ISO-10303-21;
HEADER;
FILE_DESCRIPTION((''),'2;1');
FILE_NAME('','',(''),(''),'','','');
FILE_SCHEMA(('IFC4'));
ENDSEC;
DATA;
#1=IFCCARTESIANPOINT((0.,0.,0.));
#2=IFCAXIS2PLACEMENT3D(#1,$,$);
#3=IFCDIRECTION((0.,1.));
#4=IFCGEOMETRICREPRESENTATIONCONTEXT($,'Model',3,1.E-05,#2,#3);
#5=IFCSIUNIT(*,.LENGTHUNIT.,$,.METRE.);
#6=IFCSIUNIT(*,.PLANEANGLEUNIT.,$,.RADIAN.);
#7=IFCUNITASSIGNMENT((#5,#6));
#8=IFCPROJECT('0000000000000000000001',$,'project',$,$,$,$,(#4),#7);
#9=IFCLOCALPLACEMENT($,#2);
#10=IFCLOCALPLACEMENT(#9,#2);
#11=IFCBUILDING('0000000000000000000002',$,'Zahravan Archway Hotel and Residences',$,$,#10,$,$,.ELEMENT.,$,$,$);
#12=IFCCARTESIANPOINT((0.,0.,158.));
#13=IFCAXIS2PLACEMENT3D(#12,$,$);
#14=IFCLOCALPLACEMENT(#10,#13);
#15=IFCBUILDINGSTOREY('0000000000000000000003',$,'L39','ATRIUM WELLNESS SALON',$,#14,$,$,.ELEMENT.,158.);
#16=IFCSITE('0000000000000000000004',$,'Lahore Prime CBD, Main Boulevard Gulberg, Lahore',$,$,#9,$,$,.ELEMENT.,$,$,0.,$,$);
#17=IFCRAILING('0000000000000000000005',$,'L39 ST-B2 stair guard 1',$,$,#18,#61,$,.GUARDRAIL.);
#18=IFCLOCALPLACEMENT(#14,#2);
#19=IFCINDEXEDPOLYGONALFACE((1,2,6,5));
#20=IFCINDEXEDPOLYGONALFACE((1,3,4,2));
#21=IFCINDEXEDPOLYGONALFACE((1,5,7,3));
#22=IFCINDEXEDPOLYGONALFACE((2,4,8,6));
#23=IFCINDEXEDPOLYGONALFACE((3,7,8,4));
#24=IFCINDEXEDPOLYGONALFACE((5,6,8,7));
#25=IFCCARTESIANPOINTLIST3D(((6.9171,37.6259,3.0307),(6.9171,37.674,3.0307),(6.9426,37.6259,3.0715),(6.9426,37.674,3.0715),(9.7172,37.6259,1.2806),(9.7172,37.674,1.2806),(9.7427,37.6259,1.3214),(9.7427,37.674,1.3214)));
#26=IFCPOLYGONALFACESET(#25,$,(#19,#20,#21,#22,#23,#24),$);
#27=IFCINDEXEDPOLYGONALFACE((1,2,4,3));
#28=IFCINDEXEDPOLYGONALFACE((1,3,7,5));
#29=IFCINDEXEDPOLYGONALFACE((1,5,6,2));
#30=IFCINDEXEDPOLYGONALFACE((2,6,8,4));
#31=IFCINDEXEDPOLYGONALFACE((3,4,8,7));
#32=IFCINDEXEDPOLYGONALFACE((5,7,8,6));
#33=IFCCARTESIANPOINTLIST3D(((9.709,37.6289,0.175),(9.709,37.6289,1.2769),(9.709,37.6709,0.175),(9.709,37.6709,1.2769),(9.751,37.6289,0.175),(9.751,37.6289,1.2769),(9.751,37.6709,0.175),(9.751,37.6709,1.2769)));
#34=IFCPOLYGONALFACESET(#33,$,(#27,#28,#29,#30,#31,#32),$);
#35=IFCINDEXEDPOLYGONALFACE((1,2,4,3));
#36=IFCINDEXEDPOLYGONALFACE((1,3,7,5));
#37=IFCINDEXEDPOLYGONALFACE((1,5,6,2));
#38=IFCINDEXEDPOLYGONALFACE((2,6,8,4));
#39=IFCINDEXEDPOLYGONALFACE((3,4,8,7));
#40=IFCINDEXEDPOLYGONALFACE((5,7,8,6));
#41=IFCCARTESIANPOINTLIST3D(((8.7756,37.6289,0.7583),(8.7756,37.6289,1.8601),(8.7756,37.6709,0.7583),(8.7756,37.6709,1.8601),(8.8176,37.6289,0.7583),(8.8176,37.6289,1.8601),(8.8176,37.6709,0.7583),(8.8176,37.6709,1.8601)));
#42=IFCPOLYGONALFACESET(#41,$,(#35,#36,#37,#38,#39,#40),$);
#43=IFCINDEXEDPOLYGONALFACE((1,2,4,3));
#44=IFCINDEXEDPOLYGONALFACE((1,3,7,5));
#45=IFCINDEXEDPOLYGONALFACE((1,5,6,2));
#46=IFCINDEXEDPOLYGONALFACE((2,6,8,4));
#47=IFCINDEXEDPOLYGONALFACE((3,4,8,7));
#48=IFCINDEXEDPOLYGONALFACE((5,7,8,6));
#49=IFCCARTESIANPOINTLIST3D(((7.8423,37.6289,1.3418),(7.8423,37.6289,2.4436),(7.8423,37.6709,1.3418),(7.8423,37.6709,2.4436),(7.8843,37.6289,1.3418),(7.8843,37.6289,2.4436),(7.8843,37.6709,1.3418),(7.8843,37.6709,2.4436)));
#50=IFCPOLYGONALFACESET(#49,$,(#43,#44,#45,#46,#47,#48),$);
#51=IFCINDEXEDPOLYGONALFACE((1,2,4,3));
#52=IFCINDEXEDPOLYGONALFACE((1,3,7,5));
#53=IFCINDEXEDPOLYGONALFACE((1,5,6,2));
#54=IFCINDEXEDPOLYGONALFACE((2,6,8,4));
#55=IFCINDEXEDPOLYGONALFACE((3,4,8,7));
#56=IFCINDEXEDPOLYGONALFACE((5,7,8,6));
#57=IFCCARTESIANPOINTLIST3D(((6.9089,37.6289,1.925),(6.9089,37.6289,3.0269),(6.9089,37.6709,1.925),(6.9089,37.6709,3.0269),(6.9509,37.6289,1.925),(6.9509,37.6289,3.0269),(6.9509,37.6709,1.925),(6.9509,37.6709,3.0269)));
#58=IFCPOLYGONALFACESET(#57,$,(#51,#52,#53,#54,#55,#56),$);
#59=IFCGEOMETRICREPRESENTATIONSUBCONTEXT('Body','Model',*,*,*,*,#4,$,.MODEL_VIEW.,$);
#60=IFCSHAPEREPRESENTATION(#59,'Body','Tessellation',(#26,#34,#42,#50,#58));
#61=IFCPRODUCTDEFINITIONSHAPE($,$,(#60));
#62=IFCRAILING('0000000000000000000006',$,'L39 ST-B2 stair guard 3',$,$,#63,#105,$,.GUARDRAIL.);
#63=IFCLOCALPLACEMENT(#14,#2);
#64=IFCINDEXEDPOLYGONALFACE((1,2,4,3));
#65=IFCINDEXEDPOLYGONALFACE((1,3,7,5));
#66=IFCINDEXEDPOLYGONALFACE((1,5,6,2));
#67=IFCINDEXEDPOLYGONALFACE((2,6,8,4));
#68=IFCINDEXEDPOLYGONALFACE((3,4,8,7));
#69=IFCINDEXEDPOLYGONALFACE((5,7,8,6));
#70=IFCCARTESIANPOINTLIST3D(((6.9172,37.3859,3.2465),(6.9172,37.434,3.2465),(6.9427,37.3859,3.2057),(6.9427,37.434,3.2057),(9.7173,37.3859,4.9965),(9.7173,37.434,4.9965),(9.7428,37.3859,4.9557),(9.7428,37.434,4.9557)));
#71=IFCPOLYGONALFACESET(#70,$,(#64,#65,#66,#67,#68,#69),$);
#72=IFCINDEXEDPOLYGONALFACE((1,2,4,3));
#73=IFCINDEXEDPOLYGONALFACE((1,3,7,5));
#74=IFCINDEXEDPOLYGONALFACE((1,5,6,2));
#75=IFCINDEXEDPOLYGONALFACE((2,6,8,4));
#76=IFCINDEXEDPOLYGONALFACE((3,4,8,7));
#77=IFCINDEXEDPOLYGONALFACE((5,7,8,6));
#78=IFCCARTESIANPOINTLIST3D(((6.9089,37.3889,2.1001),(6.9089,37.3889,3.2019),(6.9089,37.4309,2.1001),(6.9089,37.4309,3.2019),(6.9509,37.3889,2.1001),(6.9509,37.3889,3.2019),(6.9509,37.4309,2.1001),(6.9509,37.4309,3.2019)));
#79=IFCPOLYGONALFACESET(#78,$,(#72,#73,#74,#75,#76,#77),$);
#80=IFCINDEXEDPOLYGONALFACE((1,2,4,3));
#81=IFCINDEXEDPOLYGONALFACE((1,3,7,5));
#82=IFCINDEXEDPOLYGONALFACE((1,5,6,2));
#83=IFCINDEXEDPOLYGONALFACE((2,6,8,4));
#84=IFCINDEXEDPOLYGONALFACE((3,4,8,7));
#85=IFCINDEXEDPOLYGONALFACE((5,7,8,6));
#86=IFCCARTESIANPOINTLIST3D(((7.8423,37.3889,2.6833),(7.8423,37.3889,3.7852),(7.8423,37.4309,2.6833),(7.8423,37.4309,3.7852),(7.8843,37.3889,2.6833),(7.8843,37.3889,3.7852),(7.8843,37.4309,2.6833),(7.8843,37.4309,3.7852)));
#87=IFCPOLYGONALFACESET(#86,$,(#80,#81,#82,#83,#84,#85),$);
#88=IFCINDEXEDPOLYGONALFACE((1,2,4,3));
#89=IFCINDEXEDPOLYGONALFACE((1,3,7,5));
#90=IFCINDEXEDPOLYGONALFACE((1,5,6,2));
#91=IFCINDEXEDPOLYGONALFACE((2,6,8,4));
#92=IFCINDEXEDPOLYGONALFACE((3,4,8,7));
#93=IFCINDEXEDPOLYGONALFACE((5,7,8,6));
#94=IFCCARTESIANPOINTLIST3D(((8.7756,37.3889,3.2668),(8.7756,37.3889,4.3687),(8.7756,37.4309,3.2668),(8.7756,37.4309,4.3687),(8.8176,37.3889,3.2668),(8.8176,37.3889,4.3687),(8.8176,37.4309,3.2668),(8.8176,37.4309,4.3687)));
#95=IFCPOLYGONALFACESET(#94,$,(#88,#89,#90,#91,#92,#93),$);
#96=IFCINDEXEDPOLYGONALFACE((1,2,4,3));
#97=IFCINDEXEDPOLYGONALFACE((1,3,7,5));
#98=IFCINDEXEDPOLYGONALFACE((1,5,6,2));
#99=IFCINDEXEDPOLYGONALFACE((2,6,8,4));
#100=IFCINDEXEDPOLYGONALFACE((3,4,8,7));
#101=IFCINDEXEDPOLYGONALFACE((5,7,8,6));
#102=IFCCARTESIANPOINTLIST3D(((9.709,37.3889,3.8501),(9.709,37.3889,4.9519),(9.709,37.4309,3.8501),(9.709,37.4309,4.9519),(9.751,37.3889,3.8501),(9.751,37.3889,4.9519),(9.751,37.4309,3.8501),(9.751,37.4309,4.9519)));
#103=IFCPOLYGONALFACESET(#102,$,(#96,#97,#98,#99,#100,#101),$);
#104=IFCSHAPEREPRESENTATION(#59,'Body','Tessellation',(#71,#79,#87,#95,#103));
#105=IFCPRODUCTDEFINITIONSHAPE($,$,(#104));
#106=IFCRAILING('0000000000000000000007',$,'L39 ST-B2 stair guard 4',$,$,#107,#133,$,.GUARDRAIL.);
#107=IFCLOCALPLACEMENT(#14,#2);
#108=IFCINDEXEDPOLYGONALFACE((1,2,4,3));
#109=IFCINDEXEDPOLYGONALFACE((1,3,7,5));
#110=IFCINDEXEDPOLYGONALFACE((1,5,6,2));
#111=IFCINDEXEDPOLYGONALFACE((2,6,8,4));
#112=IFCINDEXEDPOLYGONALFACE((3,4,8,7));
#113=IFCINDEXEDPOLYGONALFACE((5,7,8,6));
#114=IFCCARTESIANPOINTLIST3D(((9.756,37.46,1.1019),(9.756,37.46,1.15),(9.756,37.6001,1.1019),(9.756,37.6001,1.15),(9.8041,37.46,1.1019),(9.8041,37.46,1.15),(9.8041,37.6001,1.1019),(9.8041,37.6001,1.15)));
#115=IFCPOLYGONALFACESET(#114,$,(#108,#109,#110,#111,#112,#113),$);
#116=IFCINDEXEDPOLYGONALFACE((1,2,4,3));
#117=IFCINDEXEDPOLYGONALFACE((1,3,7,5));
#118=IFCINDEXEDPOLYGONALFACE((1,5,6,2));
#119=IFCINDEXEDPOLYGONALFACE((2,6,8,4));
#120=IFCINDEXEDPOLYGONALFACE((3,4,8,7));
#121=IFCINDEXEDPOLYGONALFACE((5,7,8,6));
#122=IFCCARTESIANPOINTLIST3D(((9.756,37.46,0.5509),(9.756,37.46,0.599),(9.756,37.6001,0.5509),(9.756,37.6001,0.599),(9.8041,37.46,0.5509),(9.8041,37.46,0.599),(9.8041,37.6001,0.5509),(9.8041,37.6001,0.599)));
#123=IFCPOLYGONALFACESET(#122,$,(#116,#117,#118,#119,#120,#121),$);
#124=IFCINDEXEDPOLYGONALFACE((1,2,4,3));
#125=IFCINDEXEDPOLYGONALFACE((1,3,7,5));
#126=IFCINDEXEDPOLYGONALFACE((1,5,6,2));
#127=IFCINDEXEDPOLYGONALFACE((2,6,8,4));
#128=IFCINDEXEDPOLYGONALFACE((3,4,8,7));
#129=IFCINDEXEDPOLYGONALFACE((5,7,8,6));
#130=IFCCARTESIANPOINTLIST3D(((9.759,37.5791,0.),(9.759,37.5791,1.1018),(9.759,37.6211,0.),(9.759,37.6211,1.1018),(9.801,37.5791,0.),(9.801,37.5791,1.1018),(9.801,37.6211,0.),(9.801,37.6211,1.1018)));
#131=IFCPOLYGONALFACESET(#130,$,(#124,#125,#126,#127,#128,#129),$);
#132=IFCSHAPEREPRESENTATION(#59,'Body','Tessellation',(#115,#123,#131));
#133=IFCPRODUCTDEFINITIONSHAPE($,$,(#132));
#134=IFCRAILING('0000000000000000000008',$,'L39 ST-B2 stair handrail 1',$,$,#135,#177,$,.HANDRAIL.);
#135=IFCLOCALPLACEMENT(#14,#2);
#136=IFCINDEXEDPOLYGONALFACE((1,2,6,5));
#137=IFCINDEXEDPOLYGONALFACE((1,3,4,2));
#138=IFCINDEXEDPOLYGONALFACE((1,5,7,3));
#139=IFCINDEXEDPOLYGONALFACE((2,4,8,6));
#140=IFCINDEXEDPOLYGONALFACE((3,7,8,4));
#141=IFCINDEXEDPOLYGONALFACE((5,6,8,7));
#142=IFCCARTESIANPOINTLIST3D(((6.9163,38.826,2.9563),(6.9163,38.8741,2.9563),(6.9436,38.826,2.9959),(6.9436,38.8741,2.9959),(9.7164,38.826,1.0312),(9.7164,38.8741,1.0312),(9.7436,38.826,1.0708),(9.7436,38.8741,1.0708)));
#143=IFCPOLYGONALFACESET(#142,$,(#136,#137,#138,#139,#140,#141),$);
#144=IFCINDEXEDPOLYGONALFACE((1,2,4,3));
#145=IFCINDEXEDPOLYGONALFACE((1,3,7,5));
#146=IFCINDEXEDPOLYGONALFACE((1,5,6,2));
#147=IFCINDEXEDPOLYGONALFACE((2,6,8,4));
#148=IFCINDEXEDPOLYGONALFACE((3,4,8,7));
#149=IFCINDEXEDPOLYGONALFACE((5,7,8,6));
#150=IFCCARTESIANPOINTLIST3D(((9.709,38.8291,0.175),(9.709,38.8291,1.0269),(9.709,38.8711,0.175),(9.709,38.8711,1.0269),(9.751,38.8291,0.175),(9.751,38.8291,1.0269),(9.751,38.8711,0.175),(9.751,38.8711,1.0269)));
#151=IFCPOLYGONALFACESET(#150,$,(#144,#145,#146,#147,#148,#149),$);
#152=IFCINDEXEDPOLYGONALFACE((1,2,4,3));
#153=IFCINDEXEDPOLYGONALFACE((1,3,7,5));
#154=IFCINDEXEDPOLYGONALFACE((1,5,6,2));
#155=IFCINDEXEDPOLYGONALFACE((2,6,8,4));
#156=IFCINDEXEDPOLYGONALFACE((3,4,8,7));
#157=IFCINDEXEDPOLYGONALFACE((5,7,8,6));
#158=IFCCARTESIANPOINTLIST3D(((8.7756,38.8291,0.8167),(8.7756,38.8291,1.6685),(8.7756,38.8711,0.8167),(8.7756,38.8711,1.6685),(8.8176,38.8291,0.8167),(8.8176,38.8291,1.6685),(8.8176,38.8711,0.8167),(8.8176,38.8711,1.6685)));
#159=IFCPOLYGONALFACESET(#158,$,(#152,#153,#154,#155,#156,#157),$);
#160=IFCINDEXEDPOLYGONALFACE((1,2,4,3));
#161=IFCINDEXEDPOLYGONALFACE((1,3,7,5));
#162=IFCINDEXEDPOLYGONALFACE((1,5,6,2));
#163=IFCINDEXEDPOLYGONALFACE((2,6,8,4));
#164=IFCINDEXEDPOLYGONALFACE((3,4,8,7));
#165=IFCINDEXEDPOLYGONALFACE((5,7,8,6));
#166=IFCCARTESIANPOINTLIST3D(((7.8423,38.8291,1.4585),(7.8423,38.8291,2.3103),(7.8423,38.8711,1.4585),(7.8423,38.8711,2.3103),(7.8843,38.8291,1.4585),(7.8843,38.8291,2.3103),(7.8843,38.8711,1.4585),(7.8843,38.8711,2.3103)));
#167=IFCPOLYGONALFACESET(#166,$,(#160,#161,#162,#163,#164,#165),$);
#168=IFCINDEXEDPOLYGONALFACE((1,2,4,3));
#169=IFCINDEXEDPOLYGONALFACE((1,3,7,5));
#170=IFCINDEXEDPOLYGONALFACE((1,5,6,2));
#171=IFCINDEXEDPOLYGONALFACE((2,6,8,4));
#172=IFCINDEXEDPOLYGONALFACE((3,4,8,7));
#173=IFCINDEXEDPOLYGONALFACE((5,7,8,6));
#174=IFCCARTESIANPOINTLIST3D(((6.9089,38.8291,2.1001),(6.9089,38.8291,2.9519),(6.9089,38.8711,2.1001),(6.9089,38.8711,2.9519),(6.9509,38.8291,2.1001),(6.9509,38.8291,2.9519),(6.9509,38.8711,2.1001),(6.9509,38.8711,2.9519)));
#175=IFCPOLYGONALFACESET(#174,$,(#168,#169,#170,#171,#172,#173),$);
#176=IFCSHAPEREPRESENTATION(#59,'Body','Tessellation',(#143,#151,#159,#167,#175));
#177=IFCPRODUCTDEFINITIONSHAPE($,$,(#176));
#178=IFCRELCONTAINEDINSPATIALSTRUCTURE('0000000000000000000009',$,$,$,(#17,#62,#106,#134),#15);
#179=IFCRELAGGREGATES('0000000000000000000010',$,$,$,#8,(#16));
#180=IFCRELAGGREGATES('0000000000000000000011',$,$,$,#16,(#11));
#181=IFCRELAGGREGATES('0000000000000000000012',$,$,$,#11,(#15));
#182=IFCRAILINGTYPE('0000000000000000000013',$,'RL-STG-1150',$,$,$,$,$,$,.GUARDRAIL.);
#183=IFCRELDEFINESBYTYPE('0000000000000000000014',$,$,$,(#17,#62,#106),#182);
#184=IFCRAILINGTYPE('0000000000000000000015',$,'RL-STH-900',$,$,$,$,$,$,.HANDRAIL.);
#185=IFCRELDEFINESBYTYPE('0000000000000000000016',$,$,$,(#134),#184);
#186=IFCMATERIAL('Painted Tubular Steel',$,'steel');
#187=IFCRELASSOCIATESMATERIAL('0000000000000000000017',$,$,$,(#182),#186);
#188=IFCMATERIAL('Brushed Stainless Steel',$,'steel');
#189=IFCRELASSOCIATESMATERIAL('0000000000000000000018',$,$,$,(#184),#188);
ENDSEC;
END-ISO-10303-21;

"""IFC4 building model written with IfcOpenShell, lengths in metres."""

from ifc_helpers import new_model, si_unit, direction, frame, origin, origin_2d, place, context, subcontext, project, spatial, rectangle, extrude, material, type_object, element, save


model = new_model("IFC4")

# Units and contexts
model_context = context("Model", 3, precision=1e-05, world=origin(), true_north=direction((0.0, 1.0)))
body_context = subcontext(model_context, "Body", "Model", "MODEL_VIEW")
ifc_project = project(units=[si_unit("LENGTHUNIT", "METRE"), si_unit("PLANEANGLEUNIT", "RADIAN")], contexts=[model_context])

# Site, building, storey
site_placement = place(None, origin())
site = spatial("IfcSite", under=ifc_project, at=site_placement, Name="Lahore Prime CBD, Main Boulevard Gulberg, Lahore", CompositionType="ELEMENT", RefElevation=0.0)
building_placement = place(site_placement, origin())
building = spatial("IfcBuilding", under=site, at=building_placement, Name="Zahravan Archway Hotel and Residences", CompositionType="ELEMENT")
storey_placement = place(building_placement, frame((0.0, 0.0, 158.0)))
storey = spatial("IfcBuildingStorey", under=building, at=storey_placement, Name="L39", Description="ATRIUM WELLNESS SALON", CompositionType="ELEMENT", Elevation=158.0)

# Railings
ifc_material_1 = material(Name="Painted Tubular Steel", Category="steel")
railing_type_1 = type_object("IfcRailingType", Name="RL-STG-1150", PredefinedType="GUARDRAIL", material=ifc_material_1)
railing_1_placement = place(storey_placement, frame((9.73, 37.6499, 0.175)))
element("IfcRailing", 1, at=railing_1_placement, inside=storey, type_object=railing_type_1, Name="L39 ST-B2 stair guard 1", PredefinedType="GUARDRAIL", context=body_context, shape_type="SweptSolid", body=[
    extrude(rectangle(XDim=0.0481, YDim=0.0481, at=origin_2d()), frame((0.0, 0.0, 1.126), z_axis=(-0.848002, 0.0, 0.529992), x_axis=(0.0, -1.0, 0.0)), (0.0, 0.0, 1.0), 3.302),
    extrude(rectangle(XDim=0.042, YDim=0.042, at=origin_2d()), origin(), (0.0, 0.0, 1.0), 1.1018),
    extrude(rectangle(XDim=0.042, YDim=0.042, at=origin_2d()), frame((-0.9333, 0.0, 0.5833)), (0.0, 0.0, 1.0), 1.1018),
    extrude(rectangle(XDim=0.042, YDim=0.042, at=origin_2d()), frame((-1.8667, 0.0, 1.1667)), (0.0, 0.0, 1.0), 1.1018),
    extrude(rectangle(XDim=0.042, YDim=0.042, at=origin_2d()), frame((-2.8, 0.0, 1.75)), (0.0, 0.0, 1.0), 1.1018),
])
railing_2_placement = place(storey_placement, frame((6.9299, 37.4099, 2.1001)))
element("IfcRailing", 2, at=railing_2_placement, inside=storey, type_object=railing_type_1, Name="L39 ST-B2 stair guard 3", PredefinedType="GUARDRAIL", context=body_context, shape_type="SweptSolid", body=[
    extrude(rectangle(XDim=0.0481, YDim=0.0481, at=origin_2d()), frame((0.0, 0.0, 1.126), z_axis=(0.848002, 0.0, 0.529992), x_axis=(0.0, 1.0, 0.0)), (0.0, 0.0, 1.0), 3.302),
    extrude(rectangle(XDim=0.042, YDim=0.042, at=origin_2d()), origin(), (0.0, 0.0, 1.0), 1.1018),
    extrude(rectangle(XDim=0.042, YDim=0.042, at=origin_2d()), frame((0.9333, 0.0, 0.5833)), (0.0, 0.0, 1.0), 1.1018),
    extrude(rectangle(XDim=0.042, YDim=0.042, at=origin_2d()), frame((1.8667, 0.0, 1.1667)), (0.0, 0.0, 1.0), 1.1018),
    extrude(rectangle(XDim=0.042, YDim=0.042, at=origin_2d()), frame((2.8, 0.0, 1.75)), (0.0, 0.0, 1.0), 1.1018),
])
railing_3_placement = place(storey_placement, frame((9.78, 37.6001, 0.0)))
element("IfcRailing", 3, at=railing_3_placement, inside=storey, type_object=railing_type_1, Name="L39 ST-B2 stair guard 4", PredefinedType="GUARDRAIL", context=body_context, shape_type="SweptSolid", body=[
    extrude(rectangle(XDim=0.0481, YDim=0.0481, at=origin_2d()), frame((0.0, 0.0, 1.126), z_axis=(0.0, -1.0, 0.0), x_axis=(1.0, 0.0, 0.0)), (0.0, 0.0, 1.0), 0.1401),
    extrude(rectangle(XDim=0.0481, YDim=0.0481, at=origin_2d()), frame((0.0, 0.0, 0.575), z_axis=(0.0, -1.0, 0.0), x_axis=(1.0, 0.0, 0.0)), (0.0, 0.0, 1.0), 0.1401),
    extrude(rectangle(XDim=0.042, YDim=0.042, at=origin_2d()), origin(), (0.0, 0.0, 1.0), 1.1018),
])
ifc_material_2 = material(Name="Brushed Stainless Steel", Category="steel")
railing_type_2 = type_object("IfcRailingType", Name="RL-STH-900", PredefinedType="HANDRAIL", material=ifc_material_2)
railing_4_placement = place(storey_placement, frame((9.73, 38.8501, 0.175)))
element("IfcRailing", 4, at=railing_4_placement, inside=storey, type_object=railing_type_2, Name="L39 ST-B2 stair handrail 1", PredefinedType="HANDRAIL", context=body_context, shape_type="SweptSolid", body=[
    extrude(rectangle(XDim=0.0481, YDim=0.0481, at=origin_2d()), frame((0.0, 0.0, 0.876), z_axis=(-0.82404, 0.0, 0.566532), x_axis=(0.0, -1.0, 0.0)), (0.0, 0.0, 1.0), 3.3979),
    extrude(rectangle(XDim=0.042, YDim=0.042, at=origin_2d()), origin(), (0.0, 0.0, 1.0), 0.8518),
    extrude(rectangle(XDim=0.042, YDim=0.042, at=origin_2d()), frame((-0.9333, 0.0, 0.6416)), (0.0, 0.0, 1.0), 0.8518),
    extrude(rectangle(XDim=0.042, YDim=0.042, at=origin_2d()), frame((-1.8667, 0.0, 1.2834)), (0.0, 0.0, 1.0), 0.8518),
    extrude(rectangle(XDim=0.042, YDim=0.042, at=origin_2d()), frame((-2.8, 0.0, 1.925)), (0.0, 0.0, 1.0), 0.8518),
])

save(model, "model.ifc")
